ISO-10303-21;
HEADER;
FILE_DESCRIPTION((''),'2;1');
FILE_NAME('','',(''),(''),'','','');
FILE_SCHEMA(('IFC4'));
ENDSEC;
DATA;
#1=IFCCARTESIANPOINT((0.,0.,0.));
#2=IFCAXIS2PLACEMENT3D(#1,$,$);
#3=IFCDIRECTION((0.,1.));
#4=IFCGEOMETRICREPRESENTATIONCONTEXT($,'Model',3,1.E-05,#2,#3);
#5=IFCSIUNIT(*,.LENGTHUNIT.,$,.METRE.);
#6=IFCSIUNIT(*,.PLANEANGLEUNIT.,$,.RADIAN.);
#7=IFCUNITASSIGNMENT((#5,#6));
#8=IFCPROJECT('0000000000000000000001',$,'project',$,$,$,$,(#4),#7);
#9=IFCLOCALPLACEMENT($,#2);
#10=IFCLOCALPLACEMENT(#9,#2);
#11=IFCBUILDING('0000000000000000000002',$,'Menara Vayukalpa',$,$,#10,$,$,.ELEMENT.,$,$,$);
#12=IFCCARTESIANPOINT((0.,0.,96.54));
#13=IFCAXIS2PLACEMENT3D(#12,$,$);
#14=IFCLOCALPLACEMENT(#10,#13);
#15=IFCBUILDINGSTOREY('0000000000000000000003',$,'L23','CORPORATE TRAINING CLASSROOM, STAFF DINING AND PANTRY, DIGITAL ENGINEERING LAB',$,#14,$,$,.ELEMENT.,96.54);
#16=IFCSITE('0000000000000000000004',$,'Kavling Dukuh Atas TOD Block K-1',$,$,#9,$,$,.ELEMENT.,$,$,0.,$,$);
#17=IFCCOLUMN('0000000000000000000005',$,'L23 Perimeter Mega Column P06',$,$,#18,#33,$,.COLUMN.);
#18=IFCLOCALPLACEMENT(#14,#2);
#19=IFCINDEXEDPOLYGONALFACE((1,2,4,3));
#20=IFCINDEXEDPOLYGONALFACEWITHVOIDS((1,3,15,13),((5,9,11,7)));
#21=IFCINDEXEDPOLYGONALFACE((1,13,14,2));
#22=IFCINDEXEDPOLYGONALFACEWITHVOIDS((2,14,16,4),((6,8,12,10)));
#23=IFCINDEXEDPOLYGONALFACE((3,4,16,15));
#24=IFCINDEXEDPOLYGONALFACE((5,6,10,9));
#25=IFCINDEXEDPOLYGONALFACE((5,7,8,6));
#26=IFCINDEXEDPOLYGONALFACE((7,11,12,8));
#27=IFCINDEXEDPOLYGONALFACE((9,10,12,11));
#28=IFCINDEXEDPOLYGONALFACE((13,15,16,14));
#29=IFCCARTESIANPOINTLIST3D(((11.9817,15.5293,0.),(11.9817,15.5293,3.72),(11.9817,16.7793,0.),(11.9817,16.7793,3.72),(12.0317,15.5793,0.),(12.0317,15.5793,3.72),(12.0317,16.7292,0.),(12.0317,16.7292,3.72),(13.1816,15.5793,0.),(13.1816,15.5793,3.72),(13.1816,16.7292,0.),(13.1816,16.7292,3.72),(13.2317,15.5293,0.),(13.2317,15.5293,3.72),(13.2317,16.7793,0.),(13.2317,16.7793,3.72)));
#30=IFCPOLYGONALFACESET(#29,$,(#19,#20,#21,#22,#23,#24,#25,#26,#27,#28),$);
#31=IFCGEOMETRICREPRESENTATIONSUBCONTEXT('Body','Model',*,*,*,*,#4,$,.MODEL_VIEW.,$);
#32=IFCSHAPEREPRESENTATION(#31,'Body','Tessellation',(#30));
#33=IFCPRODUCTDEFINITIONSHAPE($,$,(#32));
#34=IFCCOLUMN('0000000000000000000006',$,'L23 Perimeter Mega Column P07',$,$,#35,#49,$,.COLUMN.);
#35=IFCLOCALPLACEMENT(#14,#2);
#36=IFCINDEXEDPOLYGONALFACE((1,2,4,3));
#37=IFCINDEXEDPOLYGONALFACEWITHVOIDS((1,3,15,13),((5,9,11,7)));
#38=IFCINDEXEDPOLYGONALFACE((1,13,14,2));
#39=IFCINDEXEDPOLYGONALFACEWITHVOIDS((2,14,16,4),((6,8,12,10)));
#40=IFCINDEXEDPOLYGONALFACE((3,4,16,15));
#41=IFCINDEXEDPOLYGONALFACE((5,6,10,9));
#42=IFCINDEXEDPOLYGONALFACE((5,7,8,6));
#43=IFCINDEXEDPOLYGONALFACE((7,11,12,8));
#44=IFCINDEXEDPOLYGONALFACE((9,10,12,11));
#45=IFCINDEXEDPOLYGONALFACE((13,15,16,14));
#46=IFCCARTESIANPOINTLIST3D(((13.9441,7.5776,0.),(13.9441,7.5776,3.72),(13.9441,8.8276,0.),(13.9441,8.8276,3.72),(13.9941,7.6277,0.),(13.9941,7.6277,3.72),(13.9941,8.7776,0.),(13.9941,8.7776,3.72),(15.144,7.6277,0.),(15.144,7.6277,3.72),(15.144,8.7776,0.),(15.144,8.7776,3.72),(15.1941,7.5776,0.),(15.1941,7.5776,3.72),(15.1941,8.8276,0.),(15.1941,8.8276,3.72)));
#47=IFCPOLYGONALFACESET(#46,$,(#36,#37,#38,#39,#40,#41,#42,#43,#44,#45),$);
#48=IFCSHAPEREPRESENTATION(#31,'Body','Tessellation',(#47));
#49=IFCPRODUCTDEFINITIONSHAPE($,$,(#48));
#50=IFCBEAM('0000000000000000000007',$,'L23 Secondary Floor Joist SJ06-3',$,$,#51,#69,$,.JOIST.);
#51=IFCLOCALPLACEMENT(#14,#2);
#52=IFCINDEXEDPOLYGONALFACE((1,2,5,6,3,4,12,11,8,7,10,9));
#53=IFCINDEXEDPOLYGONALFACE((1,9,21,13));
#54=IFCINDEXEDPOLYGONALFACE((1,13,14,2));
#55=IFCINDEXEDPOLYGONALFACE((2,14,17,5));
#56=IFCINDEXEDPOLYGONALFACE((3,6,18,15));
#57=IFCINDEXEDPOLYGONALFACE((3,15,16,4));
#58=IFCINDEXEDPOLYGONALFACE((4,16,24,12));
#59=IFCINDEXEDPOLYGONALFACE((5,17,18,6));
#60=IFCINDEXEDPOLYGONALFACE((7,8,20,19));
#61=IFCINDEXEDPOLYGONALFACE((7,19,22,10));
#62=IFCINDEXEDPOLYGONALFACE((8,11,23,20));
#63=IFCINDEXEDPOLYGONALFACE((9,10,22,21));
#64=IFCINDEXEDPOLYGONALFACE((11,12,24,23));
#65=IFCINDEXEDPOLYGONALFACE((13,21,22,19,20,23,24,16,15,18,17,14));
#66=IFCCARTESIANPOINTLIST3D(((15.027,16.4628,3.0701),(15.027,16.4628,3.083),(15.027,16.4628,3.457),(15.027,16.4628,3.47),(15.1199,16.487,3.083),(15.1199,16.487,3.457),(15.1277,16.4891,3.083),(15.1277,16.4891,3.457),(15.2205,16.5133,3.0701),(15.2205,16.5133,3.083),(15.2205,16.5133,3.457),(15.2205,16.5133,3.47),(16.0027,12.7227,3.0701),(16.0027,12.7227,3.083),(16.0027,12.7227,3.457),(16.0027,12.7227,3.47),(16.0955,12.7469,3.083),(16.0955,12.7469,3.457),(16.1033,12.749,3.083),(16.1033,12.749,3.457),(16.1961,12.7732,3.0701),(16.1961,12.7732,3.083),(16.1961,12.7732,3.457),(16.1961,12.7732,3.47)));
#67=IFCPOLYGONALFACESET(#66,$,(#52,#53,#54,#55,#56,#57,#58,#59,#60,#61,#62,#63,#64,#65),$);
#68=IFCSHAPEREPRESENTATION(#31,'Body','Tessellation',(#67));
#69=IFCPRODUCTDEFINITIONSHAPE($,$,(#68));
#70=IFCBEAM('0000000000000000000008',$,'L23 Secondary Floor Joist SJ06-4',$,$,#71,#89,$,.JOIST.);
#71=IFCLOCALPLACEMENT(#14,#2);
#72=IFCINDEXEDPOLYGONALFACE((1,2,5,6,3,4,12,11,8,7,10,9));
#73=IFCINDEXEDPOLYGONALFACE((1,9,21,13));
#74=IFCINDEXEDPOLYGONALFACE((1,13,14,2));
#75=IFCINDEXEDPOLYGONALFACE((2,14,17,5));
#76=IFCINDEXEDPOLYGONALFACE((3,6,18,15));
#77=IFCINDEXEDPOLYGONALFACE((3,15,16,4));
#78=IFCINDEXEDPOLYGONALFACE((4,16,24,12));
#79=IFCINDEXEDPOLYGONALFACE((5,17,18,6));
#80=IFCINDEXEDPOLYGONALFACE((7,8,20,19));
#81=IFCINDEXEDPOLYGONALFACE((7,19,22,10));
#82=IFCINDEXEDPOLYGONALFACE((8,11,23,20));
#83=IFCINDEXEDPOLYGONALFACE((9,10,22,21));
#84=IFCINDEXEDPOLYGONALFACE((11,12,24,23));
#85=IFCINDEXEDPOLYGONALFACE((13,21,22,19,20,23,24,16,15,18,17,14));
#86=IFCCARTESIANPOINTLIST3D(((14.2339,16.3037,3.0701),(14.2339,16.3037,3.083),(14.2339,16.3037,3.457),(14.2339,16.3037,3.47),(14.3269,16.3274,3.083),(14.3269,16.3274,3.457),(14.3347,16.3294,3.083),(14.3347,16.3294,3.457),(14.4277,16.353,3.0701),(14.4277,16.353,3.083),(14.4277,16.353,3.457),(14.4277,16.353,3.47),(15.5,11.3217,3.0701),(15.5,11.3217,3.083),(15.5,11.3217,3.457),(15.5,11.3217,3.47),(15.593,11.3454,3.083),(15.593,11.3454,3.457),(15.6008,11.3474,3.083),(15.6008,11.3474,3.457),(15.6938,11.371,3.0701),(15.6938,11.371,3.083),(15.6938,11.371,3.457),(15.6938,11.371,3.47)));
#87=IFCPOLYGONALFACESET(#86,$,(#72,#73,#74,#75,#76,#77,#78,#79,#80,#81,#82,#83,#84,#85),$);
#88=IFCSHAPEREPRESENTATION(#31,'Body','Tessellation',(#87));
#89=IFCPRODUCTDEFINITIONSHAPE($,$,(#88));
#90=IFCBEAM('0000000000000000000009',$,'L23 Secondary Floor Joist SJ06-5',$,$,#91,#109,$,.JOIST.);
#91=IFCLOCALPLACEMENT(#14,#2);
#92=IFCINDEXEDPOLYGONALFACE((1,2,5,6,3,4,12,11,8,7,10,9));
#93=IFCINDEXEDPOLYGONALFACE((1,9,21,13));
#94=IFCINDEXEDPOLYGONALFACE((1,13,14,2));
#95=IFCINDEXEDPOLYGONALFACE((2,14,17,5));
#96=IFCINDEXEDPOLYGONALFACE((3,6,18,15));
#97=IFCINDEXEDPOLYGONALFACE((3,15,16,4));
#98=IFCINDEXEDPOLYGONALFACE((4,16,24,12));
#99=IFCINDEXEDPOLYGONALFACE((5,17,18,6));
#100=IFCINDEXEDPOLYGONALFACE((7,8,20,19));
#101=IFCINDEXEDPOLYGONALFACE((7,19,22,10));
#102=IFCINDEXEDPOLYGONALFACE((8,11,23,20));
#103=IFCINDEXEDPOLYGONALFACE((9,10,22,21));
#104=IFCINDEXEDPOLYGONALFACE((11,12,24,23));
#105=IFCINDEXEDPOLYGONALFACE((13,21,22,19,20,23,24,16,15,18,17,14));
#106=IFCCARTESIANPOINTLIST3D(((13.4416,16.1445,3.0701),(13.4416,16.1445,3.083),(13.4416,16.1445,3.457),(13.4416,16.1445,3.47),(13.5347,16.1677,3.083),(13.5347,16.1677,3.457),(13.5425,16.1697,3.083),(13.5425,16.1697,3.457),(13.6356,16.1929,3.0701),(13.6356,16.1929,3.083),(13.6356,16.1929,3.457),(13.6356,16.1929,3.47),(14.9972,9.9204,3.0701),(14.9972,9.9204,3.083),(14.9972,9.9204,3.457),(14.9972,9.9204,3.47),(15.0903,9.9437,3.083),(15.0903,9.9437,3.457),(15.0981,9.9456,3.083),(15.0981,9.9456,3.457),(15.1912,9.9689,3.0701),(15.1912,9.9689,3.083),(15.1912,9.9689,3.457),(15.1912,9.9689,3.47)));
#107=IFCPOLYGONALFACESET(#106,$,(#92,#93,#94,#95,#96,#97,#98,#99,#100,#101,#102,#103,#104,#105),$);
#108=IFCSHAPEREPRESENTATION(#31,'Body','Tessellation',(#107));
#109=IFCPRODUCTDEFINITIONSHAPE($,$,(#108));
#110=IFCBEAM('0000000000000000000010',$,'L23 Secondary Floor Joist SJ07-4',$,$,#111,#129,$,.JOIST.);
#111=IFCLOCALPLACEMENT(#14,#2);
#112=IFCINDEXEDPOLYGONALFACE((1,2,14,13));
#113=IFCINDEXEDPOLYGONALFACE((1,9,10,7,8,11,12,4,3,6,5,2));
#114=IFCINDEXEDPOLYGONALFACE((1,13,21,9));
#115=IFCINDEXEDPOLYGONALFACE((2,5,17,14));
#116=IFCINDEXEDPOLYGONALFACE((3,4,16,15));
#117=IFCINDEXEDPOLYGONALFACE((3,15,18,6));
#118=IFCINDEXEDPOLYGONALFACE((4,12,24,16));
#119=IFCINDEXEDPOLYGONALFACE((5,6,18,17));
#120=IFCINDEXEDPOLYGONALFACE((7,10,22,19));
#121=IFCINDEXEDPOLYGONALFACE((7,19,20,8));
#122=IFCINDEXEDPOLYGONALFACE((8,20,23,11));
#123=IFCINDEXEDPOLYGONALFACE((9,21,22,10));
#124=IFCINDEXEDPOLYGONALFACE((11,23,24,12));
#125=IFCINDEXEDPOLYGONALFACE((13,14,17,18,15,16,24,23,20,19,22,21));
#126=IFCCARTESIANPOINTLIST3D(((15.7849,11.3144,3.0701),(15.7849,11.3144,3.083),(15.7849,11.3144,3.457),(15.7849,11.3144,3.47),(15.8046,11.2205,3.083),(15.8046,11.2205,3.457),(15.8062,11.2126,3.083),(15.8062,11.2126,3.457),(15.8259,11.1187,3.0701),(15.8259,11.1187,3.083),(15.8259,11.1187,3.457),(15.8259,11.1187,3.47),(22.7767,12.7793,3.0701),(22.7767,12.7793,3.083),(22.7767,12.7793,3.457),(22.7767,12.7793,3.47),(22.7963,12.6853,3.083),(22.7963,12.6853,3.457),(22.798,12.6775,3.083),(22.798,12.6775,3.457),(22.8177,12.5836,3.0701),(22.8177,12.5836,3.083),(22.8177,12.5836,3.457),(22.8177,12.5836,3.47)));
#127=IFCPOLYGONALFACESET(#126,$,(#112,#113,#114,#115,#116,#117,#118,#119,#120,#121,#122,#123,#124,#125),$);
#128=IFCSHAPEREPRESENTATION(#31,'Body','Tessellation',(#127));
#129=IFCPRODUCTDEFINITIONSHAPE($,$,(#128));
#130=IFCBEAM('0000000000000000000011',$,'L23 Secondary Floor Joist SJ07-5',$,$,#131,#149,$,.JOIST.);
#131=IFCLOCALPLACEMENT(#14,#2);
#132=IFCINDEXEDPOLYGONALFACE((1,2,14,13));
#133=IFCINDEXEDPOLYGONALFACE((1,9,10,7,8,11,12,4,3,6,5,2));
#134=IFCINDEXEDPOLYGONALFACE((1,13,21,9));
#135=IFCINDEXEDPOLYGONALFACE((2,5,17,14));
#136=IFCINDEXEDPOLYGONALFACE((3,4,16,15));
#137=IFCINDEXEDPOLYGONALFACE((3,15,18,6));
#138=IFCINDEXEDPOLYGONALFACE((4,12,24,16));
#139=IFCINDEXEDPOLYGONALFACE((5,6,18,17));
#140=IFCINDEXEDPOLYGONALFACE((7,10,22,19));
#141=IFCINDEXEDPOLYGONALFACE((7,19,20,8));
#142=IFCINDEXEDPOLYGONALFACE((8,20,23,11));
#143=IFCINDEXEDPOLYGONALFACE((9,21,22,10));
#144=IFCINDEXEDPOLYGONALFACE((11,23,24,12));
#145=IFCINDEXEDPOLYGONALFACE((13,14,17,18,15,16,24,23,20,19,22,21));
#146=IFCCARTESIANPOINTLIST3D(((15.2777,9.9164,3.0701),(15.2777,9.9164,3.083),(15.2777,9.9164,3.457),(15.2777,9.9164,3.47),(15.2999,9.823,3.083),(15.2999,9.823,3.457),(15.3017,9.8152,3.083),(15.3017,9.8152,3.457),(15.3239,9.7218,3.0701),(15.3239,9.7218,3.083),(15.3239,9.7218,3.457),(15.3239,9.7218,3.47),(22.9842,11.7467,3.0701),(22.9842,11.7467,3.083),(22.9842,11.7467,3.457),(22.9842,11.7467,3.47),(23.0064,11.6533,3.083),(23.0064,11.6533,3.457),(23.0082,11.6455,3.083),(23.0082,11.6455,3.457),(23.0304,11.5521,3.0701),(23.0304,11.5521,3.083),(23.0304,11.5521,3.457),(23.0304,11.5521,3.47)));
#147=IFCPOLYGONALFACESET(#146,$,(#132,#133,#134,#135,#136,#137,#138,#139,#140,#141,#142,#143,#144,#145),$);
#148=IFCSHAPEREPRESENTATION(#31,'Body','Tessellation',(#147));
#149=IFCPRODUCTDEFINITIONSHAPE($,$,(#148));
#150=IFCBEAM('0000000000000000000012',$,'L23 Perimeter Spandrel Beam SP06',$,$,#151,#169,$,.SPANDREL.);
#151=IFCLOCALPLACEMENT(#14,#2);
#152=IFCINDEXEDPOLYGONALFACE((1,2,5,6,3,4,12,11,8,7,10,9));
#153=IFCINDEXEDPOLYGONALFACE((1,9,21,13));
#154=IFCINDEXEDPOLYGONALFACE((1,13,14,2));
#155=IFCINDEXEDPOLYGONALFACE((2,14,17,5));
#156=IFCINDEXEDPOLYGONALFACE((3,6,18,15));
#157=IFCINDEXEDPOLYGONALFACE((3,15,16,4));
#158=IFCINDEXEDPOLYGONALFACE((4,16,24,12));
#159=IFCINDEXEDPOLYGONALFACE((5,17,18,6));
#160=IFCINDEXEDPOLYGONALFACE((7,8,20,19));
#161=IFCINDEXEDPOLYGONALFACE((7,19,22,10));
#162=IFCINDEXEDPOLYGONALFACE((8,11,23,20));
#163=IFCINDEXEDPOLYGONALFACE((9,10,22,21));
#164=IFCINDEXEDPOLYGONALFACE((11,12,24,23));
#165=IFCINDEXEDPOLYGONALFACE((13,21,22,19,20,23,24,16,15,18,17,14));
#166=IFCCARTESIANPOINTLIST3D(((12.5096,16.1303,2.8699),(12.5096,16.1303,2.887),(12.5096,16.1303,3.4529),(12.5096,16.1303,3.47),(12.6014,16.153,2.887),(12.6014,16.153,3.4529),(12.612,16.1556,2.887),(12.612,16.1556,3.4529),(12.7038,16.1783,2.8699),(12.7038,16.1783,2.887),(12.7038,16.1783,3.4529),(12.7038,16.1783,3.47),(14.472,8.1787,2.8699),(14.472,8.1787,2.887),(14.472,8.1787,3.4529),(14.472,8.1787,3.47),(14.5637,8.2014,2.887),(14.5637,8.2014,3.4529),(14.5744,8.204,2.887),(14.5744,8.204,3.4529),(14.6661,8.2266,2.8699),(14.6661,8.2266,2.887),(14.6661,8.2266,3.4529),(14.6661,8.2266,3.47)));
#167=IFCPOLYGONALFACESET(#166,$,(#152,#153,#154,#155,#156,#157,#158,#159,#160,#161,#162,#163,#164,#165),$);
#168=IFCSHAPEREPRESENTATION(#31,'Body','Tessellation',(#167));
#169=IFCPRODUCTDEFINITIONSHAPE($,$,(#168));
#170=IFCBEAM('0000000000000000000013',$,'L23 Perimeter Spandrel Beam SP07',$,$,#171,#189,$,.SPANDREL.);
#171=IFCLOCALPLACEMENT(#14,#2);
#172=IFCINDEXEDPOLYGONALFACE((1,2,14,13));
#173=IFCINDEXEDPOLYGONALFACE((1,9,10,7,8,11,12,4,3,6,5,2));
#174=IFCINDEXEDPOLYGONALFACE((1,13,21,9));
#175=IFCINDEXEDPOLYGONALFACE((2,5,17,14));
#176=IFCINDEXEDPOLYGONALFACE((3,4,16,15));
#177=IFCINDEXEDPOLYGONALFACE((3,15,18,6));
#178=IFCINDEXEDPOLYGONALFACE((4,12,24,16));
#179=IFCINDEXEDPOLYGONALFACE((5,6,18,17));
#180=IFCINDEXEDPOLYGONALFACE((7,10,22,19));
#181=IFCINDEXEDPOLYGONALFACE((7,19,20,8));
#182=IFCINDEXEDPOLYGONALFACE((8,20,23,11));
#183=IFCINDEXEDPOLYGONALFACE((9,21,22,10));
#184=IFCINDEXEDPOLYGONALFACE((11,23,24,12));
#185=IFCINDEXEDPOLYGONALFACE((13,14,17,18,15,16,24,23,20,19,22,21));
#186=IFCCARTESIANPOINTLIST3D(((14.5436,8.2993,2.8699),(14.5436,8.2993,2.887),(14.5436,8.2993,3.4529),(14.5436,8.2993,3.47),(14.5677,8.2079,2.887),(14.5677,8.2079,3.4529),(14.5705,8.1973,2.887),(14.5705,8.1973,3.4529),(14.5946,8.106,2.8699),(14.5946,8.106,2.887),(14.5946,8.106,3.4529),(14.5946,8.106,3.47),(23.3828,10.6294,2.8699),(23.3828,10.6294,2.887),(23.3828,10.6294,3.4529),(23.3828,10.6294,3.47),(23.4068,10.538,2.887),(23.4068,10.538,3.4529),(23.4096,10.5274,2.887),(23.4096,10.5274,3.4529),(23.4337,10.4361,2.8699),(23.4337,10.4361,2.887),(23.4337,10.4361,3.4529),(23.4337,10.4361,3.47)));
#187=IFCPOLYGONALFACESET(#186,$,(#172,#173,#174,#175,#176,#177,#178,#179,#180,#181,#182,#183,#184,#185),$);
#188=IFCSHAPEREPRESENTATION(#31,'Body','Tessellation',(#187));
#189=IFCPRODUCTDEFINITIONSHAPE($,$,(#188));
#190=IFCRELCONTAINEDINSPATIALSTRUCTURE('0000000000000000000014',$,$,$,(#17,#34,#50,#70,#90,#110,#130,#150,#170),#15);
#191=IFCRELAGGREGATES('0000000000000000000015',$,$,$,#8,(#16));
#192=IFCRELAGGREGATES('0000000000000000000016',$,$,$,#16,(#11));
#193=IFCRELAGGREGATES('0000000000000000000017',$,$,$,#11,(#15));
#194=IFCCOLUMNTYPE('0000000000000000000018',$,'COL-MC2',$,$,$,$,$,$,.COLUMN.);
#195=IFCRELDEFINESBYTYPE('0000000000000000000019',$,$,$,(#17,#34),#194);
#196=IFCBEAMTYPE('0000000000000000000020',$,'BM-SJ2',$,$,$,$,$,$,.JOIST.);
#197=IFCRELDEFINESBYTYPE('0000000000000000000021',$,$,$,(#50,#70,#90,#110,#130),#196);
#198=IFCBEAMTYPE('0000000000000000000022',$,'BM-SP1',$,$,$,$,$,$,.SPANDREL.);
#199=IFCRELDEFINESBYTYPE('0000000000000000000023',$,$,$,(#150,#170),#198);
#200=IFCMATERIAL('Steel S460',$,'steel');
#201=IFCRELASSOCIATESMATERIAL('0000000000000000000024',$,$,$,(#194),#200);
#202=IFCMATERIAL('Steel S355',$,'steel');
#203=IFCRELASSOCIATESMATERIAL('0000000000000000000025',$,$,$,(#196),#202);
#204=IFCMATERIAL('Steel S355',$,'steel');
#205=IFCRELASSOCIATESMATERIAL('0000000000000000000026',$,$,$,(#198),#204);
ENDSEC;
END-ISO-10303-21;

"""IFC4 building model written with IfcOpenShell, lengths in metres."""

from ifc_helpers import new_model, si_unit, direction, frame, origin, origin_2d, place, context, subcontext, project, spatial, hollow_rectangle, i_section, extrude, material, material_profile, profile_set, type_object, element, save


model = new_model("IFC4")

# Units and contexts
model_context = context("Model", 3, precision=1e-05, world=origin(), true_north=direction((0.0, 1.0)))
body_context = subcontext(model_context, "Body", "Model", "MODEL_VIEW")
ifc_project = project(units=[si_unit("LENGTHUNIT", "METRE"), si_unit("PLANEANGLEUNIT", "RADIAN")], contexts=[model_context])

# Site, building, storey
site_placement = place(None, origin())
site = spatial("IfcSite", under=ifc_project, at=site_placement, Name="Kavling Dukuh Atas TOD Block K-1", CompositionType="ELEMENT", RefElevation=0.0)
building_placement = place(site_placement, origin())
building = spatial("IfcBuilding", under=site, at=building_placement, Name="Menara Vayukalpa", CompositionType="ELEMENT")
storey_placement = place(building_placement, frame((0.0, 0.0, 96.54)))
storey = spatial("IfcBuildingStorey", under=building, at=storey_placement, Name="L23", Description="CORPORATE TRAINING CLASSROOM, STAFF DINING AND PANTRY, DIGITAL ENGINEERING LAB", CompositionType="ELEMENT", Elevation=96.54)

# Columns
ifc_material_1 = material(Name="Steel S460", Category="steel")
ifc_material_profile_1 = material_profile(ifc_material_1, hollow_rectangle(XDim=1.25, YDim=1.25, WallThickness=0.05, at=origin_2d()), Name="BOX 1250x1250x50")
ifc_profile_set_1 = profile_set([ifc_material_profile_1], Name="Steel S460")
column_type = type_object("IfcColumnType", Name="COL-MC2", PredefinedType="COLUMN", material=ifc_profile_set_1)
for number, where, z_axis, x_axis, name in (
    (1, (12.6067, 16.1543, 0.0), (0.0, 0.0, 1.0), (1.0, 0.0, 0.0), "L23 Perimeter Mega Column P06"),
    (2, (14.5691, 8.2026, 0.0), (0.0, 0.0, 1.0), (1.0, 0.0, 0.0), "L23 Perimeter Mega Column P07"),
):
    element("IfcColumn", number, at=place(storey_placement, frame(where, z_axis=z_axis, x_axis=x_axis)), inside=storey, type_object=column_type, Name=name, PredefinedType="COLUMN", context=body_context, shape_type="SweptSolid", body=[
        extrude(hollow_rectangle(XDim=1.25, YDim=1.25, WallThickness=0.05, at=origin_2d()), origin(), (0.0, 0.0, 1.0), 3.72),
    ])

# Beams
ifc_material_2 = material(Name="Steel S355", Category="steel")
ifc_material_profile_2 = material_profile(ifc_material_2, i_section(OverallWidth=0.2, OverallDepth=0.3999, WebThickness=0.0081, FlangeThickness=0.0129, at=origin_2d()), Name="WF 400x200x8x13")
ifc_profile_set_2 = profile_set([ifc_material_profile_2], Name="Steel S355")
beam_type_1 = type_object("IfcBeamType", Name="BM-SJ2", PredefinedType="JOIST", material=ifc_profile_set_2)
beam_1_placement = place(storey_placement, frame((15.1238, 16.488, 3.27), z_axis=(0.252406, -0.967621, 0.0), x_axis=(0.967621, 0.252406, 0.0)))
element("IfcBeam", 3, at=beam_1_placement, inside=storey, type_object=beam_type_1, Name="L23 Secondary Floor Joist SJ06-3", PredefinedType="JOIST", context=body_context, shape_type="SweptSolid", body=[
    extrude(i_section(OverallWidth=0.2, OverallDepth=0.3999, WebThickness=0.0081, FlangeThickness=0.0129, at=origin_2d()), origin(), (0.0, 0.0, 1.0), 3.8652),
])
beam_2_placement = place(storey_placement, frame((14.3308, 16.3284, 3.27), z_axis=(0.246311, -0.969191, 0.0), x_axis=(0.969191, 0.246311, 0.0)))
element("IfcBeam", 4, at=beam_2_placement, inside=storey, type_object=beam_type_1, Name="L23 Secondary Floor Joist SJ06-4", PredefinedType="JOIST", context=body_context, shape_type="SweptSolid", body=[
    extrude(i_section(OverallWidth=0.2, OverallDepth=0.3999, WebThickness=0.0081, FlangeThickness=0.0129, at=origin_2d()), origin(), (0.0, 0.0, 1.0), 5.1404),
])
beam_3_placement = place(storey_placement, frame((13.5386, 16.1687, 3.27), z_axis=(0.242482, -0.970156, 0.0), x_axis=(0.970156, 0.242482, 0.0)))
element("IfcBeam", 5, at=beam_3_placement, inside=storey, type_object=beam_type_1, Name="L23 Secondary Floor Joist SJ06-5", PredefinedType="JOIST", context=body_context, shape_type="SweptSolid", body=[
    extrude(i_section(OverallWidth=0.2, OverallDepth=0.3999, WebThickness=0.0081, FlangeThickness=0.0129, at=origin_2d()), origin(), (0.0, 0.0, 1.0), 6.4155),
])
beam_4_placement = place(storey_placement, frame((15.8054, 11.2166, 3.27), z_axis=(0.978749, 0.20506, 0.0), x_axis=(-0.20506, 0.978749, 0.0)))
element("IfcBeam", 6, at=beam_4_placement, inside=storey, type_object=beam_type_1, Name="L23 Secondary Floor Joist SJ07-4", PredefinedType="JOIST", context=body_context, shape_type="SweptSolid", body=[
    extrude(i_section(OverallWidth=0.2, OverallDepth=0.3999, WebThickness=0.0081, FlangeThickness=0.0129, at=origin_2d()), origin(), (0.0, 0.0, 1.0), 7.1436),
])
beam_5_placement = place(storey_placement, frame((15.3008, 9.8191, 3.27), z_axis=(0.972936, 0.231075, 0.0), x_axis=(-0.231075, 0.972936, 0.0)))
element("IfcBeam", 7, at=beam_5_placement, inside=storey, type_object=beam_type_1, Name="L23 Secondary Floor Joist SJ07-5", PredefinedType="JOIST", context=body_context, shape_type="SweptSolid", body=[
    extrude(i_section(OverallWidth=0.2, OverallDepth=0.3999, WebThickness=0.0081, FlangeThickness=0.0129, at=origin_2d()), origin(), (0.0, 0.0, 1.0), 7.9209),
])
ifc_material_3 = material(Name="Steel S355", Category="steel")
ifc_material_profile_3 = material_profile(ifc_material_3, i_section(OverallWidth=0.2, OverallDepth=0.6001, WebThickness=0.011, FlangeThickness=0.0171, at=origin_2d()), Name="WF 600x200x11x17")
ifc_profile_set_3 = profile_set([ifc_material_profile_3], Name="Steel S355")
beam_type_2 = type_object("IfcBeamType", Name="BM-SP1", PredefinedType="SPANDREL", material=ifc_profile_set_3)
beam_6_placement = place(storey_placement, frame((12.6067, 16.1543, 3.1699), z_axis=(0.239603, -0.970871, 0.0), x_axis=(0.970871, 0.239603, 0.0)))
element("IfcBeam", 8, at=beam_6_placement, inside=storey, type_object=beam_type_2, Name="L23 Perimeter Spandrel Beam SP06", PredefinedType="SPANDREL", context=body_context, shape_type="SweptSolid", body=[
    extrude(i_section(OverallWidth=0.2, OverallDepth=0.6001, WebThickness=0.011, FlangeThickness=0.0171, at=origin_2d()), origin(), (0.0, 0.0, 1.0), 8.1902),
])
beam_7_placement = place(storey_placement, frame((14.5691, 8.2026, 3.1699), z_axis=(0.966967, 0.254902, 0.0), x_axis=(-0.254902, 0.966967, 0.0)))
element("IfcBeam", 9, at=beam_7_placement, inside=storey, type_object=beam_type_2, Name="L23 Perimeter Spandrel Beam SP07", PredefinedType="SPANDREL", context=body_context, shape_type="SweptSolid", body=[
    extrude(i_section(OverallWidth=0.2, OverallDepth=0.6001, WebThickness=0.011, FlangeThickness=0.0171, at=origin_2d()), origin(), (0.0, 0.0, 1.0), 9.1411),
])

save(model, "model.ifc")
